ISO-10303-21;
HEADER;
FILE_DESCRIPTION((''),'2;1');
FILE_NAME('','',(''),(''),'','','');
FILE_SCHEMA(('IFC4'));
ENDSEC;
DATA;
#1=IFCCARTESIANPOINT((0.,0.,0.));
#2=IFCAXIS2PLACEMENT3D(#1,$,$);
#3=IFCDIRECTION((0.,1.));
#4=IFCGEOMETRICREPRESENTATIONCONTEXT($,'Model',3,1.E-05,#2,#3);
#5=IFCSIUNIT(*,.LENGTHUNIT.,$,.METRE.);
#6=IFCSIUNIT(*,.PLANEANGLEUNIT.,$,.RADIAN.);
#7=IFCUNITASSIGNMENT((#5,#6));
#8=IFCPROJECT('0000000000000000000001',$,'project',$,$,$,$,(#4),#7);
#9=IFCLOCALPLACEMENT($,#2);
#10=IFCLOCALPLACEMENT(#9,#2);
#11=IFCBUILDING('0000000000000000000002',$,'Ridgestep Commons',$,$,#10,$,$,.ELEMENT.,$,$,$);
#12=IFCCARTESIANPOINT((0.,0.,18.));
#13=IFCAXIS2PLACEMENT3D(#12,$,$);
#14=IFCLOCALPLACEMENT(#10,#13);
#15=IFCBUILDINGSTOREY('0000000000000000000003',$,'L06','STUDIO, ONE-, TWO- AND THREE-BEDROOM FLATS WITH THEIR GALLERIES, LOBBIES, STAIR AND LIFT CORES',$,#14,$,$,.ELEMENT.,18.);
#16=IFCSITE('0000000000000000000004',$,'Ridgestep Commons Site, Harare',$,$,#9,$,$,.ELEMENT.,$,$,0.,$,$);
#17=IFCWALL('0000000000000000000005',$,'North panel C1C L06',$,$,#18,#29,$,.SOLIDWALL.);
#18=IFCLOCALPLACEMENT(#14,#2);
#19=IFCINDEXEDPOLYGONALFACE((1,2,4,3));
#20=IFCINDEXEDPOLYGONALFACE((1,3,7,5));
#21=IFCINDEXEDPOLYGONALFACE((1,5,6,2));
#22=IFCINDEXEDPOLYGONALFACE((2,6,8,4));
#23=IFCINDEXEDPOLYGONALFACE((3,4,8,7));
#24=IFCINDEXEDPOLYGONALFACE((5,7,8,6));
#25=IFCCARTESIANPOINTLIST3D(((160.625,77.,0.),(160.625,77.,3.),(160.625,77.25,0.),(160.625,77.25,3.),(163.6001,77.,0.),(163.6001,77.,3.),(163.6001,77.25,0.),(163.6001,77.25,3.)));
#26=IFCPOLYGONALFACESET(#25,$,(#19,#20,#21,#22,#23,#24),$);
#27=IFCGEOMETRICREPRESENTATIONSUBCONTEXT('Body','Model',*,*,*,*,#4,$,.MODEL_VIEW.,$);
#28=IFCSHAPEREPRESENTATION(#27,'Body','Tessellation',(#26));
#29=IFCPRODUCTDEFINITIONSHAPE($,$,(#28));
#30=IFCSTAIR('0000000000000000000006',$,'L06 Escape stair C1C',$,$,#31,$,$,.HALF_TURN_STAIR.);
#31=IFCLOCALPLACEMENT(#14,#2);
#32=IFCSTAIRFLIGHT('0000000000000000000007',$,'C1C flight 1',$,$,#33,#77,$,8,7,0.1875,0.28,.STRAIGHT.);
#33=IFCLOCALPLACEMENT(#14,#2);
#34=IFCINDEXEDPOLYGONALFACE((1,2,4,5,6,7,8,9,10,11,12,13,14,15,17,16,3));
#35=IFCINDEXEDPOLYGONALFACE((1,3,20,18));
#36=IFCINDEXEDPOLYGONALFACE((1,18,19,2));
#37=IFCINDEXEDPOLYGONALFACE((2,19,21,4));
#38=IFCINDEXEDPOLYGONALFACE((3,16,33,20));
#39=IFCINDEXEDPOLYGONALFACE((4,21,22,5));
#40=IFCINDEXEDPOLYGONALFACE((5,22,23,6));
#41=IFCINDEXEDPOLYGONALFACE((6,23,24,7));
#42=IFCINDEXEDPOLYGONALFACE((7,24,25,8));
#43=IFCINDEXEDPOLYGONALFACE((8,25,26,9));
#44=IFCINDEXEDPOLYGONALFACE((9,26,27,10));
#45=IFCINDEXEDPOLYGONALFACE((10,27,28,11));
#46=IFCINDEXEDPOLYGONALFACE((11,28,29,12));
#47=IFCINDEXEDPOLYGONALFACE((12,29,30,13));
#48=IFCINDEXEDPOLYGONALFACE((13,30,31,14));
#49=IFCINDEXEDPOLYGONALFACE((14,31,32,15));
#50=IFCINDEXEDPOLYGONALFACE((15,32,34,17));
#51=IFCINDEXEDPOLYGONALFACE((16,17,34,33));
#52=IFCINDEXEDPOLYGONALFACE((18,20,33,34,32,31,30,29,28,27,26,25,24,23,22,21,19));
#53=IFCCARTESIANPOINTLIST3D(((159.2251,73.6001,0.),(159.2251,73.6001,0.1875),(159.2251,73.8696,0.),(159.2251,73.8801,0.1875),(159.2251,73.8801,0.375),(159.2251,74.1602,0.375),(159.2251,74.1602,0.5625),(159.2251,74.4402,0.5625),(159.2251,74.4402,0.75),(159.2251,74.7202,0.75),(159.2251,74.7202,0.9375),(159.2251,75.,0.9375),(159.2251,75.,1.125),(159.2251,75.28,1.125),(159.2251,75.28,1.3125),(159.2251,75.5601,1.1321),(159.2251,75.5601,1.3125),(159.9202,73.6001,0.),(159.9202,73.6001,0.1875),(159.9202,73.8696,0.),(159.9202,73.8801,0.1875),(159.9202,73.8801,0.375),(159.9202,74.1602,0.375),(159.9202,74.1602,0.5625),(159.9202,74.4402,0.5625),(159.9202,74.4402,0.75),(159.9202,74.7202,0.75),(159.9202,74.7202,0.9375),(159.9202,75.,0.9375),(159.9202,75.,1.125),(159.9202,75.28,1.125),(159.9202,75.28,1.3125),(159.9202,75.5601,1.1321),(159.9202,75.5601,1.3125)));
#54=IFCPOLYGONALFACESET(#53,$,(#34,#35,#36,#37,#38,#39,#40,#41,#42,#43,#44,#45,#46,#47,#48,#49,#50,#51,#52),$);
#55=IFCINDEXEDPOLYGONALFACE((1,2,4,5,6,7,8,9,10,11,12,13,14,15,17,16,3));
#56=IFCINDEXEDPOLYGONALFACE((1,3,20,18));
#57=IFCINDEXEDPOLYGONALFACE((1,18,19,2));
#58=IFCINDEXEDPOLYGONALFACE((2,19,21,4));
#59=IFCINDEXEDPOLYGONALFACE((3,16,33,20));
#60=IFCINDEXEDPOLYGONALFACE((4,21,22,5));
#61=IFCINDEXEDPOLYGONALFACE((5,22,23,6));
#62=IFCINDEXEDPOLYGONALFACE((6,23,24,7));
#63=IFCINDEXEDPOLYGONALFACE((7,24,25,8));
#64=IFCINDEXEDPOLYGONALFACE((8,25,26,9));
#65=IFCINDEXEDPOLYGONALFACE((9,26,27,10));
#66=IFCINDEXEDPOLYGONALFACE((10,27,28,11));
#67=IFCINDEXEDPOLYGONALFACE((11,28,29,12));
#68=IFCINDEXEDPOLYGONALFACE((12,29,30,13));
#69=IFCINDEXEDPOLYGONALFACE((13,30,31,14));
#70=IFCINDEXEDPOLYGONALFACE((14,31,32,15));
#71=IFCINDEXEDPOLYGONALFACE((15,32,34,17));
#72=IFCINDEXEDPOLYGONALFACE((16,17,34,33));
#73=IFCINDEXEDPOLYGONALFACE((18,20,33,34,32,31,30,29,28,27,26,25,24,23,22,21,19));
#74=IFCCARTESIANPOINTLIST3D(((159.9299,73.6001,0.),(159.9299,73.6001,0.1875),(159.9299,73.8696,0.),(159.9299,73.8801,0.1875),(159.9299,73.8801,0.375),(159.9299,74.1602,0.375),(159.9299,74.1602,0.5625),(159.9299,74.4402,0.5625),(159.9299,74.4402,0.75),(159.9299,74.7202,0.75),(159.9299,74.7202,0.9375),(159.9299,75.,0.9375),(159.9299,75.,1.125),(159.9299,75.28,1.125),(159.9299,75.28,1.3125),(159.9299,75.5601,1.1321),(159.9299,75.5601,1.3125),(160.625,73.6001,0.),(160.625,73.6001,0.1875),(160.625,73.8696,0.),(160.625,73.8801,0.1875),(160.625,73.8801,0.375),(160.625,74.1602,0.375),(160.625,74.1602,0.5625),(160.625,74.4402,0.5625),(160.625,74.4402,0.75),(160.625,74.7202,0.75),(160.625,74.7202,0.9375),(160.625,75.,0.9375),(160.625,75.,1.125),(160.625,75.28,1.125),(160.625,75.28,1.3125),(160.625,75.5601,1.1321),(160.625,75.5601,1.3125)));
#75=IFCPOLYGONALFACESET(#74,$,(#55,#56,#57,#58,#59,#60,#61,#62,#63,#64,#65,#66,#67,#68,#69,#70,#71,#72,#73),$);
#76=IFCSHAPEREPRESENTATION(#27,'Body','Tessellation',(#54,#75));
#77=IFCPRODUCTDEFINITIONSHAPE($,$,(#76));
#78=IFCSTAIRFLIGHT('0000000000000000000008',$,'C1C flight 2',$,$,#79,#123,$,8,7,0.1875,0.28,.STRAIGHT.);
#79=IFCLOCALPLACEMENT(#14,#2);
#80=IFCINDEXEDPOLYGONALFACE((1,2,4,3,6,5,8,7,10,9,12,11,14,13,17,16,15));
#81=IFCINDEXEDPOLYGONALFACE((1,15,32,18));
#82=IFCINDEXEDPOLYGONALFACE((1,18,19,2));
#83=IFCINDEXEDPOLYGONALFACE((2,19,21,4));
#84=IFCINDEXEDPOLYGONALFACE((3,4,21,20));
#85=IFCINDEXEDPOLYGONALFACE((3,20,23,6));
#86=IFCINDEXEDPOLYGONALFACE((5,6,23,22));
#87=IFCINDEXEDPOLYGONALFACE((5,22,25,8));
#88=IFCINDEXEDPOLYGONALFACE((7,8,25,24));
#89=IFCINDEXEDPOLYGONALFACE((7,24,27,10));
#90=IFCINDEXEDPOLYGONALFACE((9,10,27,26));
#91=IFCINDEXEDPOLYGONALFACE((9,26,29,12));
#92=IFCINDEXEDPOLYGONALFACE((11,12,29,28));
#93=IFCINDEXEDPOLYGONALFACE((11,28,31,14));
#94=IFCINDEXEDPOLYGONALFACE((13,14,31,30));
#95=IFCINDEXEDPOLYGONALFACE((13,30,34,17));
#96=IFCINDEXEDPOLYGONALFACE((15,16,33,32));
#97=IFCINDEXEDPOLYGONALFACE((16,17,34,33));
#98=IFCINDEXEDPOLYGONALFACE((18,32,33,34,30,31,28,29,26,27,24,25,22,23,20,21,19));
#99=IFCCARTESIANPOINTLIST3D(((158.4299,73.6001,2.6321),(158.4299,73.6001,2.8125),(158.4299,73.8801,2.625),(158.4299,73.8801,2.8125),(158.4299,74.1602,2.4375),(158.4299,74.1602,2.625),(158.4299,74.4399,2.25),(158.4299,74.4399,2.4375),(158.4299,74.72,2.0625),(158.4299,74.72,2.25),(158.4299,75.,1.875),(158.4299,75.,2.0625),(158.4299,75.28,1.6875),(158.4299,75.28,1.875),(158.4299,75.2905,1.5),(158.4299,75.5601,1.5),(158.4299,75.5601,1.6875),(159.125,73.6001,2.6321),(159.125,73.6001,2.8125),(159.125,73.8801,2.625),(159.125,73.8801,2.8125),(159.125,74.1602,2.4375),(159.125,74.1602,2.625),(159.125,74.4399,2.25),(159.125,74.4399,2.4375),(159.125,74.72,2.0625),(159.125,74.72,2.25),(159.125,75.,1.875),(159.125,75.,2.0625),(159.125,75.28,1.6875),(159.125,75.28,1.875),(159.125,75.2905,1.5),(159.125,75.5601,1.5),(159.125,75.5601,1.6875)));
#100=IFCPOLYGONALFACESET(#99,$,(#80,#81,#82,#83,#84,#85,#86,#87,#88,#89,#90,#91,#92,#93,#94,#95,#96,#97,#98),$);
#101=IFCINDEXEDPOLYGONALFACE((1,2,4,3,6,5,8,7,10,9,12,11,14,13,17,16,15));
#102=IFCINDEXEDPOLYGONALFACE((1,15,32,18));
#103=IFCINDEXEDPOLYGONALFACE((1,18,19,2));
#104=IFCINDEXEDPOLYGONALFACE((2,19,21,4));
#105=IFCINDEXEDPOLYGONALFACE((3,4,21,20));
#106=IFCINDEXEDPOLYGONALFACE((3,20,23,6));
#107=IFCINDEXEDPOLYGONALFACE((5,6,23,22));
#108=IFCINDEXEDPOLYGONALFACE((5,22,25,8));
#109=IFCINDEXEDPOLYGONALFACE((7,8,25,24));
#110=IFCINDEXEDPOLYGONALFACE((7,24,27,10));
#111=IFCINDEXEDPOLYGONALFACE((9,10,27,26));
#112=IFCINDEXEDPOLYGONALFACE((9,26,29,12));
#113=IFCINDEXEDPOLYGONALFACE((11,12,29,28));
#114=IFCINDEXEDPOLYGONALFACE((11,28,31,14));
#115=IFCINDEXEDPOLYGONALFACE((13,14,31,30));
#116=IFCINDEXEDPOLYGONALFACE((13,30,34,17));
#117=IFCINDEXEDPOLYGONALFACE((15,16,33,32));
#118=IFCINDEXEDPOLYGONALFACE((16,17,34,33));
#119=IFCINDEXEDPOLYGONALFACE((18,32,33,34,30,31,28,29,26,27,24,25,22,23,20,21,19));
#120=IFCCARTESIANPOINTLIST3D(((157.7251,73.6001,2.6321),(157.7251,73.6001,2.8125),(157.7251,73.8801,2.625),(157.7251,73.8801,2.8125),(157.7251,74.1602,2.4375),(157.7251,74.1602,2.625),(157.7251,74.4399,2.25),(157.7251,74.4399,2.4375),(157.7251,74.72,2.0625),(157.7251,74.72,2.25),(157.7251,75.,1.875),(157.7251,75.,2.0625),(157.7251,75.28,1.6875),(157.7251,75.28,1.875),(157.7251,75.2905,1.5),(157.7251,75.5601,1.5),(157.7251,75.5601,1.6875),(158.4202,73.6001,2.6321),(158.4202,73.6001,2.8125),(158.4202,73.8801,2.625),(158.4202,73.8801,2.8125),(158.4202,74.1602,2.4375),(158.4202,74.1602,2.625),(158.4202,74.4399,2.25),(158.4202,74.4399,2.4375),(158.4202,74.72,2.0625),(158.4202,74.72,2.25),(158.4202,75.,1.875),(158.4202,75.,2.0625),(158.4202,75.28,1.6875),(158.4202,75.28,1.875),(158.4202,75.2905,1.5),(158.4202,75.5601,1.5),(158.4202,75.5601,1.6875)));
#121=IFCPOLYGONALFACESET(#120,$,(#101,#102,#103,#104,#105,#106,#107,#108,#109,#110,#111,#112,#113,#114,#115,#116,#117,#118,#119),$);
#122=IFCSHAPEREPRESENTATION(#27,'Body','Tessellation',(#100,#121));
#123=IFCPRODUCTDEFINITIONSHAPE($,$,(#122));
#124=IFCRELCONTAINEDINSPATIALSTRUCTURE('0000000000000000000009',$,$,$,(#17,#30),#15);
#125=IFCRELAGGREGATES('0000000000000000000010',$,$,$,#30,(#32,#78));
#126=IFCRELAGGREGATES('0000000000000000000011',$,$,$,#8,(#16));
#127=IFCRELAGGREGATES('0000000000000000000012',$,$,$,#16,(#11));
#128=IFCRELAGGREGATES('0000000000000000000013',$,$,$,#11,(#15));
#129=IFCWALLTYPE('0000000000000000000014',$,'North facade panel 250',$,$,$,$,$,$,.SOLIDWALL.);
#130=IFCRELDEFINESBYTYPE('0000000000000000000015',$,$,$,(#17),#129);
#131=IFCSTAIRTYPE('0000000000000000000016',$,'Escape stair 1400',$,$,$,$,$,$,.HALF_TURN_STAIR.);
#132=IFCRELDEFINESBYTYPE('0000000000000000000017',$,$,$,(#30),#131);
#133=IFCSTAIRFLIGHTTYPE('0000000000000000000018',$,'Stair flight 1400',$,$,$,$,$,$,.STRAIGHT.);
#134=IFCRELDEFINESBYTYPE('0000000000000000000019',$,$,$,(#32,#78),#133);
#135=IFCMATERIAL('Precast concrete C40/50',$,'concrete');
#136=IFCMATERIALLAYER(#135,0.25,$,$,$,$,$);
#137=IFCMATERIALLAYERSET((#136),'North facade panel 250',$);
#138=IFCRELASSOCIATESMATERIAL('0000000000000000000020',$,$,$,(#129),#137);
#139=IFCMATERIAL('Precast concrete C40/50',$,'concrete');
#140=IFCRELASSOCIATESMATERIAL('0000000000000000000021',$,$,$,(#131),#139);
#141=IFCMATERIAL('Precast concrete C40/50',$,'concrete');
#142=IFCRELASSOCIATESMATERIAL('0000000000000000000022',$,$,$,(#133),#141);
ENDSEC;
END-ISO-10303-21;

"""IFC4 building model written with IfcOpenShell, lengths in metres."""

from ifc_helpers import new_model, si_unit, direction, frame, frame_2d, origin, place, context, subcontext, project, spatial, polyline, rectangle, outline, extrude, material, layer, layer_set, type_object, element, aggregate, save


model = new_model("IFC4")

# Units and contexts
model_context = context("Model", 3, precision=1e-05, world=origin(), true_north=direction((0.0, 1.0)))
body_context = subcontext(model_context, "Body", "Model", "MODEL_VIEW")
ifc_project = project(units=[si_unit("LENGTHUNIT", "METRE"), si_unit("PLANEANGLEUNIT", "RADIAN")], contexts=[model_context])

# Site, building, storey
site_placement = place(None, origin())
site = spatial("IfcSite", under=ifc_project, at=site_placement, Name="Ridgestep Commons Site, Harare", CompositionType="ELEMENT", RefElevation=0.0)
building_placement = place(site_placement, origin())
building = spatial("IfcBuilding", under=site, at=building_placement, Name="Ridgestep Commons", CompositionType="ELEMENT")
storey_placement = place(building_placement, frame((0.0, 0.0, 18.0)))
storey = spatial("IfcBuildingStorey", under=building, at=storey_placement, Name="L06", Description="STUDIO, ONE-, TWO- AND THREE-BEDROOM FLATS WITH THEIR GALLERIES, LOBBIES, STAIR AND LIFT CORES", CompositionType="ELEMENT", Elevation=18.0)

# Wall
ifc_material_1 = material(Name="Precast concrete C40/50", Category="concrete")
ifc_layer_1 = layer(ifc_material_1, 0.25)
ifc_layer_set_1 = layer_set([ifc_layer_1], Name="North facade panel 250")
wall_type_1 = type_object("IfcWallType", Name="North facade panel 250", PredefinedType="SOLIDWALL", material=ifc_layer_set_1)
wall_1_placement = place(storey_placement, frame((160.625, 77.125, 0.0), z_axis=(0.0, 0.0, 1.0), x_axis=(1.0, 0.0, 0.0)))
element("IfcWall", 1, at=wall_1_placement, inside=storey, type_object=wall_type_1, Name="North panel C1C L06", PredefinedType="SOLIDWALL", context=body_context, shape_type="SweptSolid", body=[
    extrude(rectangle(XDim=2.9751, YDim=0.25, at=frame_2d((1.4875, 0.0))), origin(), (0.0, 0.0, 1.0), 3.0),
])

# Stair, stair flights
ifc_material_2 = material(Name="Precast concrete C40/50", Category="concrete")
stair_type = type_object("IfcStairType", Name="Escape stair 1400", PredefinedType="HALF_TURN_STAIR", material=ifc_material_2)
stair_placement = place(storey_placement, origin())
stair = element("IfcStair", 2, at=stair_placement, inside=storey, type_object=stair_type, Name="L06 Escape stair C1C", PredefinedType="HALF_TURN_STAIR")
ifc_material_3 = material(Name="Precast concrete C40/50", Category="concrete")
stair_flight_type = type_object("IfcStairFlightType", Name="Stair flight 1400", PredefinedType="STRAIGHT", material=ifc_material_3)
stair_flight_1_placement = place(storey_placement, frame((159.925, 73.6001, 0.0), z_axis=(0.0, 0.0, 1.0), x_axis=(0.0, 1.0, 0.0)))
stair_flight_1 = element("IfcStairFlight", 3, at=stair_flight_1_placement, type_object=stair_flight_type, Name="C1C flight 1", NumberOfRisers=8, NumberOfTreads=7, PredefinedType="STRAIGHT", RiserHeight=0.1875, TreadLength=0.28, context=body_context, shape_type="SweptSolid", body=[
    extrude(outline(polyline([(0.0, 0.0), (0.0, 0.1875), (0.28, 0.1875), (0.28, 0.375), (0.5601, 0.375), (0.5601, 0.5625), (0.8401, 0.5625), (0.8401, 0.75), (1.1201, 0.75), (1.1201, 0.9375), (1.3999, 0.9375), (1.3999, 1.125), (1.6799, 1.125), (1.6799, 1.3125), (1.96, 1.3125), (1.96, 1.5), (1.96, 1.1321), (0.2695, 0.0), (0.0, 0.0)])), frame((0.0, 0.7, 0.0), z_axis=(0.0, -1.0, 0.0), x_axis=(1.0, 0.0, 0.0)), (0.0, 0.0, 1.0), 0.6951),
    extrude(outline(polyline([(0.0, 0.0), (0.0, 0.1875), (0.28, 0.1875), (0.28, 0.375), (0.5601, 0.375), (0.5601, 0.5625), (0.8401, 0.5625), (0.8401, 0.75), (1.1201, 0.75), (1.1201, 0.9375), (1.3999, 0.9375), (1.3999, 1.125), (1.6799, 1.125), (1.6799, 1.3125), (1.96, 1.3125), (1.96, 1.5), (1.96, 1.1321), (0.2695, 0.0), (0.0, 0.0)])), frame((0.0, -0.0049, 0.0), z_axis=(0.0, -1.0, 0.0), x_axis=(1.0, 0.0, 0.0)), (0.0, 0.0, 1.0), 0.6951),
])
stair_flight_2_placement = place(storey_placement, frame((158.425, 75.5601, 1.5), z_axis=(0.0, 0.0, 1.0), x_axis=(0.0, -1.0, 0.0)))
stair_flight_2 = element("IfcStairFlight", 4, at=stair_flight_2_placement, type_object=stair_flight_type, Name="C1C flight 2", NumberOfRisers=8, NumberOfTreads=7, PredefinedType="STRAIGHT", RiserHeight=0.1875, TreadLength=0.28, context=body_context, shape_type="SweptSolid", body=[
    extrude(outline(polyline([(0.0, 0.0), (0.0, 0.1875), (0.28, 0.1875), (0.28, 0.375), (0.5601, 0.375), (0.5601, 0.5625), (0.8401, 0.5625), (0.8401, 0.75), (1.1201, 0.75), (1.1201, 0.9375), (1.3999, 0.9375), (1.3999, 1.125), (1.6799, 1.125), (1.6799, 1.3125), (1.96, 1.3125), (1.96, 1.5), (1.96, 1.1321), (0.2695, 0.0), (0.0, 0.0)])), frame((0.0, 0.7, 0.0), z_axis=(0.0, -1.0, 0.0), x_axis=(1.0, 0.0, 0.0)), (0.0, 0.0, 1.0), 0.6951),
    extrude(outline(polyline([(0.0, 0.0), (0.0, 0.1875), (0.28, 0.1875), (0.28, 0.375), (0.5601, 0.375), (0.5601, 0.5625), (0.8401, 0.5625), (0.8401, 0.75), (1.1201, 0.75), (1.1201, 0.9375), (1.3999, 0.9375), (1.3999, 1.125), (1.6799, 1.125), (1.6799, 1.3125), (1.96, 1.3125), (1.96, 1.5), (1.96, 1.1321), (0.2695, 0.0), (0.0, 0.0)])), frame((0.0, -0.0049, 0.0), z_axis=(0.0, -1.0, 0.0), x_axis=(1.0, 0.0, 0.0)), (0.0, 0.0, 1.0), 0.6951),
])
aggregate(stair, [stair_flight_1, stair_flight_2])

save(model, "model.ifc")
